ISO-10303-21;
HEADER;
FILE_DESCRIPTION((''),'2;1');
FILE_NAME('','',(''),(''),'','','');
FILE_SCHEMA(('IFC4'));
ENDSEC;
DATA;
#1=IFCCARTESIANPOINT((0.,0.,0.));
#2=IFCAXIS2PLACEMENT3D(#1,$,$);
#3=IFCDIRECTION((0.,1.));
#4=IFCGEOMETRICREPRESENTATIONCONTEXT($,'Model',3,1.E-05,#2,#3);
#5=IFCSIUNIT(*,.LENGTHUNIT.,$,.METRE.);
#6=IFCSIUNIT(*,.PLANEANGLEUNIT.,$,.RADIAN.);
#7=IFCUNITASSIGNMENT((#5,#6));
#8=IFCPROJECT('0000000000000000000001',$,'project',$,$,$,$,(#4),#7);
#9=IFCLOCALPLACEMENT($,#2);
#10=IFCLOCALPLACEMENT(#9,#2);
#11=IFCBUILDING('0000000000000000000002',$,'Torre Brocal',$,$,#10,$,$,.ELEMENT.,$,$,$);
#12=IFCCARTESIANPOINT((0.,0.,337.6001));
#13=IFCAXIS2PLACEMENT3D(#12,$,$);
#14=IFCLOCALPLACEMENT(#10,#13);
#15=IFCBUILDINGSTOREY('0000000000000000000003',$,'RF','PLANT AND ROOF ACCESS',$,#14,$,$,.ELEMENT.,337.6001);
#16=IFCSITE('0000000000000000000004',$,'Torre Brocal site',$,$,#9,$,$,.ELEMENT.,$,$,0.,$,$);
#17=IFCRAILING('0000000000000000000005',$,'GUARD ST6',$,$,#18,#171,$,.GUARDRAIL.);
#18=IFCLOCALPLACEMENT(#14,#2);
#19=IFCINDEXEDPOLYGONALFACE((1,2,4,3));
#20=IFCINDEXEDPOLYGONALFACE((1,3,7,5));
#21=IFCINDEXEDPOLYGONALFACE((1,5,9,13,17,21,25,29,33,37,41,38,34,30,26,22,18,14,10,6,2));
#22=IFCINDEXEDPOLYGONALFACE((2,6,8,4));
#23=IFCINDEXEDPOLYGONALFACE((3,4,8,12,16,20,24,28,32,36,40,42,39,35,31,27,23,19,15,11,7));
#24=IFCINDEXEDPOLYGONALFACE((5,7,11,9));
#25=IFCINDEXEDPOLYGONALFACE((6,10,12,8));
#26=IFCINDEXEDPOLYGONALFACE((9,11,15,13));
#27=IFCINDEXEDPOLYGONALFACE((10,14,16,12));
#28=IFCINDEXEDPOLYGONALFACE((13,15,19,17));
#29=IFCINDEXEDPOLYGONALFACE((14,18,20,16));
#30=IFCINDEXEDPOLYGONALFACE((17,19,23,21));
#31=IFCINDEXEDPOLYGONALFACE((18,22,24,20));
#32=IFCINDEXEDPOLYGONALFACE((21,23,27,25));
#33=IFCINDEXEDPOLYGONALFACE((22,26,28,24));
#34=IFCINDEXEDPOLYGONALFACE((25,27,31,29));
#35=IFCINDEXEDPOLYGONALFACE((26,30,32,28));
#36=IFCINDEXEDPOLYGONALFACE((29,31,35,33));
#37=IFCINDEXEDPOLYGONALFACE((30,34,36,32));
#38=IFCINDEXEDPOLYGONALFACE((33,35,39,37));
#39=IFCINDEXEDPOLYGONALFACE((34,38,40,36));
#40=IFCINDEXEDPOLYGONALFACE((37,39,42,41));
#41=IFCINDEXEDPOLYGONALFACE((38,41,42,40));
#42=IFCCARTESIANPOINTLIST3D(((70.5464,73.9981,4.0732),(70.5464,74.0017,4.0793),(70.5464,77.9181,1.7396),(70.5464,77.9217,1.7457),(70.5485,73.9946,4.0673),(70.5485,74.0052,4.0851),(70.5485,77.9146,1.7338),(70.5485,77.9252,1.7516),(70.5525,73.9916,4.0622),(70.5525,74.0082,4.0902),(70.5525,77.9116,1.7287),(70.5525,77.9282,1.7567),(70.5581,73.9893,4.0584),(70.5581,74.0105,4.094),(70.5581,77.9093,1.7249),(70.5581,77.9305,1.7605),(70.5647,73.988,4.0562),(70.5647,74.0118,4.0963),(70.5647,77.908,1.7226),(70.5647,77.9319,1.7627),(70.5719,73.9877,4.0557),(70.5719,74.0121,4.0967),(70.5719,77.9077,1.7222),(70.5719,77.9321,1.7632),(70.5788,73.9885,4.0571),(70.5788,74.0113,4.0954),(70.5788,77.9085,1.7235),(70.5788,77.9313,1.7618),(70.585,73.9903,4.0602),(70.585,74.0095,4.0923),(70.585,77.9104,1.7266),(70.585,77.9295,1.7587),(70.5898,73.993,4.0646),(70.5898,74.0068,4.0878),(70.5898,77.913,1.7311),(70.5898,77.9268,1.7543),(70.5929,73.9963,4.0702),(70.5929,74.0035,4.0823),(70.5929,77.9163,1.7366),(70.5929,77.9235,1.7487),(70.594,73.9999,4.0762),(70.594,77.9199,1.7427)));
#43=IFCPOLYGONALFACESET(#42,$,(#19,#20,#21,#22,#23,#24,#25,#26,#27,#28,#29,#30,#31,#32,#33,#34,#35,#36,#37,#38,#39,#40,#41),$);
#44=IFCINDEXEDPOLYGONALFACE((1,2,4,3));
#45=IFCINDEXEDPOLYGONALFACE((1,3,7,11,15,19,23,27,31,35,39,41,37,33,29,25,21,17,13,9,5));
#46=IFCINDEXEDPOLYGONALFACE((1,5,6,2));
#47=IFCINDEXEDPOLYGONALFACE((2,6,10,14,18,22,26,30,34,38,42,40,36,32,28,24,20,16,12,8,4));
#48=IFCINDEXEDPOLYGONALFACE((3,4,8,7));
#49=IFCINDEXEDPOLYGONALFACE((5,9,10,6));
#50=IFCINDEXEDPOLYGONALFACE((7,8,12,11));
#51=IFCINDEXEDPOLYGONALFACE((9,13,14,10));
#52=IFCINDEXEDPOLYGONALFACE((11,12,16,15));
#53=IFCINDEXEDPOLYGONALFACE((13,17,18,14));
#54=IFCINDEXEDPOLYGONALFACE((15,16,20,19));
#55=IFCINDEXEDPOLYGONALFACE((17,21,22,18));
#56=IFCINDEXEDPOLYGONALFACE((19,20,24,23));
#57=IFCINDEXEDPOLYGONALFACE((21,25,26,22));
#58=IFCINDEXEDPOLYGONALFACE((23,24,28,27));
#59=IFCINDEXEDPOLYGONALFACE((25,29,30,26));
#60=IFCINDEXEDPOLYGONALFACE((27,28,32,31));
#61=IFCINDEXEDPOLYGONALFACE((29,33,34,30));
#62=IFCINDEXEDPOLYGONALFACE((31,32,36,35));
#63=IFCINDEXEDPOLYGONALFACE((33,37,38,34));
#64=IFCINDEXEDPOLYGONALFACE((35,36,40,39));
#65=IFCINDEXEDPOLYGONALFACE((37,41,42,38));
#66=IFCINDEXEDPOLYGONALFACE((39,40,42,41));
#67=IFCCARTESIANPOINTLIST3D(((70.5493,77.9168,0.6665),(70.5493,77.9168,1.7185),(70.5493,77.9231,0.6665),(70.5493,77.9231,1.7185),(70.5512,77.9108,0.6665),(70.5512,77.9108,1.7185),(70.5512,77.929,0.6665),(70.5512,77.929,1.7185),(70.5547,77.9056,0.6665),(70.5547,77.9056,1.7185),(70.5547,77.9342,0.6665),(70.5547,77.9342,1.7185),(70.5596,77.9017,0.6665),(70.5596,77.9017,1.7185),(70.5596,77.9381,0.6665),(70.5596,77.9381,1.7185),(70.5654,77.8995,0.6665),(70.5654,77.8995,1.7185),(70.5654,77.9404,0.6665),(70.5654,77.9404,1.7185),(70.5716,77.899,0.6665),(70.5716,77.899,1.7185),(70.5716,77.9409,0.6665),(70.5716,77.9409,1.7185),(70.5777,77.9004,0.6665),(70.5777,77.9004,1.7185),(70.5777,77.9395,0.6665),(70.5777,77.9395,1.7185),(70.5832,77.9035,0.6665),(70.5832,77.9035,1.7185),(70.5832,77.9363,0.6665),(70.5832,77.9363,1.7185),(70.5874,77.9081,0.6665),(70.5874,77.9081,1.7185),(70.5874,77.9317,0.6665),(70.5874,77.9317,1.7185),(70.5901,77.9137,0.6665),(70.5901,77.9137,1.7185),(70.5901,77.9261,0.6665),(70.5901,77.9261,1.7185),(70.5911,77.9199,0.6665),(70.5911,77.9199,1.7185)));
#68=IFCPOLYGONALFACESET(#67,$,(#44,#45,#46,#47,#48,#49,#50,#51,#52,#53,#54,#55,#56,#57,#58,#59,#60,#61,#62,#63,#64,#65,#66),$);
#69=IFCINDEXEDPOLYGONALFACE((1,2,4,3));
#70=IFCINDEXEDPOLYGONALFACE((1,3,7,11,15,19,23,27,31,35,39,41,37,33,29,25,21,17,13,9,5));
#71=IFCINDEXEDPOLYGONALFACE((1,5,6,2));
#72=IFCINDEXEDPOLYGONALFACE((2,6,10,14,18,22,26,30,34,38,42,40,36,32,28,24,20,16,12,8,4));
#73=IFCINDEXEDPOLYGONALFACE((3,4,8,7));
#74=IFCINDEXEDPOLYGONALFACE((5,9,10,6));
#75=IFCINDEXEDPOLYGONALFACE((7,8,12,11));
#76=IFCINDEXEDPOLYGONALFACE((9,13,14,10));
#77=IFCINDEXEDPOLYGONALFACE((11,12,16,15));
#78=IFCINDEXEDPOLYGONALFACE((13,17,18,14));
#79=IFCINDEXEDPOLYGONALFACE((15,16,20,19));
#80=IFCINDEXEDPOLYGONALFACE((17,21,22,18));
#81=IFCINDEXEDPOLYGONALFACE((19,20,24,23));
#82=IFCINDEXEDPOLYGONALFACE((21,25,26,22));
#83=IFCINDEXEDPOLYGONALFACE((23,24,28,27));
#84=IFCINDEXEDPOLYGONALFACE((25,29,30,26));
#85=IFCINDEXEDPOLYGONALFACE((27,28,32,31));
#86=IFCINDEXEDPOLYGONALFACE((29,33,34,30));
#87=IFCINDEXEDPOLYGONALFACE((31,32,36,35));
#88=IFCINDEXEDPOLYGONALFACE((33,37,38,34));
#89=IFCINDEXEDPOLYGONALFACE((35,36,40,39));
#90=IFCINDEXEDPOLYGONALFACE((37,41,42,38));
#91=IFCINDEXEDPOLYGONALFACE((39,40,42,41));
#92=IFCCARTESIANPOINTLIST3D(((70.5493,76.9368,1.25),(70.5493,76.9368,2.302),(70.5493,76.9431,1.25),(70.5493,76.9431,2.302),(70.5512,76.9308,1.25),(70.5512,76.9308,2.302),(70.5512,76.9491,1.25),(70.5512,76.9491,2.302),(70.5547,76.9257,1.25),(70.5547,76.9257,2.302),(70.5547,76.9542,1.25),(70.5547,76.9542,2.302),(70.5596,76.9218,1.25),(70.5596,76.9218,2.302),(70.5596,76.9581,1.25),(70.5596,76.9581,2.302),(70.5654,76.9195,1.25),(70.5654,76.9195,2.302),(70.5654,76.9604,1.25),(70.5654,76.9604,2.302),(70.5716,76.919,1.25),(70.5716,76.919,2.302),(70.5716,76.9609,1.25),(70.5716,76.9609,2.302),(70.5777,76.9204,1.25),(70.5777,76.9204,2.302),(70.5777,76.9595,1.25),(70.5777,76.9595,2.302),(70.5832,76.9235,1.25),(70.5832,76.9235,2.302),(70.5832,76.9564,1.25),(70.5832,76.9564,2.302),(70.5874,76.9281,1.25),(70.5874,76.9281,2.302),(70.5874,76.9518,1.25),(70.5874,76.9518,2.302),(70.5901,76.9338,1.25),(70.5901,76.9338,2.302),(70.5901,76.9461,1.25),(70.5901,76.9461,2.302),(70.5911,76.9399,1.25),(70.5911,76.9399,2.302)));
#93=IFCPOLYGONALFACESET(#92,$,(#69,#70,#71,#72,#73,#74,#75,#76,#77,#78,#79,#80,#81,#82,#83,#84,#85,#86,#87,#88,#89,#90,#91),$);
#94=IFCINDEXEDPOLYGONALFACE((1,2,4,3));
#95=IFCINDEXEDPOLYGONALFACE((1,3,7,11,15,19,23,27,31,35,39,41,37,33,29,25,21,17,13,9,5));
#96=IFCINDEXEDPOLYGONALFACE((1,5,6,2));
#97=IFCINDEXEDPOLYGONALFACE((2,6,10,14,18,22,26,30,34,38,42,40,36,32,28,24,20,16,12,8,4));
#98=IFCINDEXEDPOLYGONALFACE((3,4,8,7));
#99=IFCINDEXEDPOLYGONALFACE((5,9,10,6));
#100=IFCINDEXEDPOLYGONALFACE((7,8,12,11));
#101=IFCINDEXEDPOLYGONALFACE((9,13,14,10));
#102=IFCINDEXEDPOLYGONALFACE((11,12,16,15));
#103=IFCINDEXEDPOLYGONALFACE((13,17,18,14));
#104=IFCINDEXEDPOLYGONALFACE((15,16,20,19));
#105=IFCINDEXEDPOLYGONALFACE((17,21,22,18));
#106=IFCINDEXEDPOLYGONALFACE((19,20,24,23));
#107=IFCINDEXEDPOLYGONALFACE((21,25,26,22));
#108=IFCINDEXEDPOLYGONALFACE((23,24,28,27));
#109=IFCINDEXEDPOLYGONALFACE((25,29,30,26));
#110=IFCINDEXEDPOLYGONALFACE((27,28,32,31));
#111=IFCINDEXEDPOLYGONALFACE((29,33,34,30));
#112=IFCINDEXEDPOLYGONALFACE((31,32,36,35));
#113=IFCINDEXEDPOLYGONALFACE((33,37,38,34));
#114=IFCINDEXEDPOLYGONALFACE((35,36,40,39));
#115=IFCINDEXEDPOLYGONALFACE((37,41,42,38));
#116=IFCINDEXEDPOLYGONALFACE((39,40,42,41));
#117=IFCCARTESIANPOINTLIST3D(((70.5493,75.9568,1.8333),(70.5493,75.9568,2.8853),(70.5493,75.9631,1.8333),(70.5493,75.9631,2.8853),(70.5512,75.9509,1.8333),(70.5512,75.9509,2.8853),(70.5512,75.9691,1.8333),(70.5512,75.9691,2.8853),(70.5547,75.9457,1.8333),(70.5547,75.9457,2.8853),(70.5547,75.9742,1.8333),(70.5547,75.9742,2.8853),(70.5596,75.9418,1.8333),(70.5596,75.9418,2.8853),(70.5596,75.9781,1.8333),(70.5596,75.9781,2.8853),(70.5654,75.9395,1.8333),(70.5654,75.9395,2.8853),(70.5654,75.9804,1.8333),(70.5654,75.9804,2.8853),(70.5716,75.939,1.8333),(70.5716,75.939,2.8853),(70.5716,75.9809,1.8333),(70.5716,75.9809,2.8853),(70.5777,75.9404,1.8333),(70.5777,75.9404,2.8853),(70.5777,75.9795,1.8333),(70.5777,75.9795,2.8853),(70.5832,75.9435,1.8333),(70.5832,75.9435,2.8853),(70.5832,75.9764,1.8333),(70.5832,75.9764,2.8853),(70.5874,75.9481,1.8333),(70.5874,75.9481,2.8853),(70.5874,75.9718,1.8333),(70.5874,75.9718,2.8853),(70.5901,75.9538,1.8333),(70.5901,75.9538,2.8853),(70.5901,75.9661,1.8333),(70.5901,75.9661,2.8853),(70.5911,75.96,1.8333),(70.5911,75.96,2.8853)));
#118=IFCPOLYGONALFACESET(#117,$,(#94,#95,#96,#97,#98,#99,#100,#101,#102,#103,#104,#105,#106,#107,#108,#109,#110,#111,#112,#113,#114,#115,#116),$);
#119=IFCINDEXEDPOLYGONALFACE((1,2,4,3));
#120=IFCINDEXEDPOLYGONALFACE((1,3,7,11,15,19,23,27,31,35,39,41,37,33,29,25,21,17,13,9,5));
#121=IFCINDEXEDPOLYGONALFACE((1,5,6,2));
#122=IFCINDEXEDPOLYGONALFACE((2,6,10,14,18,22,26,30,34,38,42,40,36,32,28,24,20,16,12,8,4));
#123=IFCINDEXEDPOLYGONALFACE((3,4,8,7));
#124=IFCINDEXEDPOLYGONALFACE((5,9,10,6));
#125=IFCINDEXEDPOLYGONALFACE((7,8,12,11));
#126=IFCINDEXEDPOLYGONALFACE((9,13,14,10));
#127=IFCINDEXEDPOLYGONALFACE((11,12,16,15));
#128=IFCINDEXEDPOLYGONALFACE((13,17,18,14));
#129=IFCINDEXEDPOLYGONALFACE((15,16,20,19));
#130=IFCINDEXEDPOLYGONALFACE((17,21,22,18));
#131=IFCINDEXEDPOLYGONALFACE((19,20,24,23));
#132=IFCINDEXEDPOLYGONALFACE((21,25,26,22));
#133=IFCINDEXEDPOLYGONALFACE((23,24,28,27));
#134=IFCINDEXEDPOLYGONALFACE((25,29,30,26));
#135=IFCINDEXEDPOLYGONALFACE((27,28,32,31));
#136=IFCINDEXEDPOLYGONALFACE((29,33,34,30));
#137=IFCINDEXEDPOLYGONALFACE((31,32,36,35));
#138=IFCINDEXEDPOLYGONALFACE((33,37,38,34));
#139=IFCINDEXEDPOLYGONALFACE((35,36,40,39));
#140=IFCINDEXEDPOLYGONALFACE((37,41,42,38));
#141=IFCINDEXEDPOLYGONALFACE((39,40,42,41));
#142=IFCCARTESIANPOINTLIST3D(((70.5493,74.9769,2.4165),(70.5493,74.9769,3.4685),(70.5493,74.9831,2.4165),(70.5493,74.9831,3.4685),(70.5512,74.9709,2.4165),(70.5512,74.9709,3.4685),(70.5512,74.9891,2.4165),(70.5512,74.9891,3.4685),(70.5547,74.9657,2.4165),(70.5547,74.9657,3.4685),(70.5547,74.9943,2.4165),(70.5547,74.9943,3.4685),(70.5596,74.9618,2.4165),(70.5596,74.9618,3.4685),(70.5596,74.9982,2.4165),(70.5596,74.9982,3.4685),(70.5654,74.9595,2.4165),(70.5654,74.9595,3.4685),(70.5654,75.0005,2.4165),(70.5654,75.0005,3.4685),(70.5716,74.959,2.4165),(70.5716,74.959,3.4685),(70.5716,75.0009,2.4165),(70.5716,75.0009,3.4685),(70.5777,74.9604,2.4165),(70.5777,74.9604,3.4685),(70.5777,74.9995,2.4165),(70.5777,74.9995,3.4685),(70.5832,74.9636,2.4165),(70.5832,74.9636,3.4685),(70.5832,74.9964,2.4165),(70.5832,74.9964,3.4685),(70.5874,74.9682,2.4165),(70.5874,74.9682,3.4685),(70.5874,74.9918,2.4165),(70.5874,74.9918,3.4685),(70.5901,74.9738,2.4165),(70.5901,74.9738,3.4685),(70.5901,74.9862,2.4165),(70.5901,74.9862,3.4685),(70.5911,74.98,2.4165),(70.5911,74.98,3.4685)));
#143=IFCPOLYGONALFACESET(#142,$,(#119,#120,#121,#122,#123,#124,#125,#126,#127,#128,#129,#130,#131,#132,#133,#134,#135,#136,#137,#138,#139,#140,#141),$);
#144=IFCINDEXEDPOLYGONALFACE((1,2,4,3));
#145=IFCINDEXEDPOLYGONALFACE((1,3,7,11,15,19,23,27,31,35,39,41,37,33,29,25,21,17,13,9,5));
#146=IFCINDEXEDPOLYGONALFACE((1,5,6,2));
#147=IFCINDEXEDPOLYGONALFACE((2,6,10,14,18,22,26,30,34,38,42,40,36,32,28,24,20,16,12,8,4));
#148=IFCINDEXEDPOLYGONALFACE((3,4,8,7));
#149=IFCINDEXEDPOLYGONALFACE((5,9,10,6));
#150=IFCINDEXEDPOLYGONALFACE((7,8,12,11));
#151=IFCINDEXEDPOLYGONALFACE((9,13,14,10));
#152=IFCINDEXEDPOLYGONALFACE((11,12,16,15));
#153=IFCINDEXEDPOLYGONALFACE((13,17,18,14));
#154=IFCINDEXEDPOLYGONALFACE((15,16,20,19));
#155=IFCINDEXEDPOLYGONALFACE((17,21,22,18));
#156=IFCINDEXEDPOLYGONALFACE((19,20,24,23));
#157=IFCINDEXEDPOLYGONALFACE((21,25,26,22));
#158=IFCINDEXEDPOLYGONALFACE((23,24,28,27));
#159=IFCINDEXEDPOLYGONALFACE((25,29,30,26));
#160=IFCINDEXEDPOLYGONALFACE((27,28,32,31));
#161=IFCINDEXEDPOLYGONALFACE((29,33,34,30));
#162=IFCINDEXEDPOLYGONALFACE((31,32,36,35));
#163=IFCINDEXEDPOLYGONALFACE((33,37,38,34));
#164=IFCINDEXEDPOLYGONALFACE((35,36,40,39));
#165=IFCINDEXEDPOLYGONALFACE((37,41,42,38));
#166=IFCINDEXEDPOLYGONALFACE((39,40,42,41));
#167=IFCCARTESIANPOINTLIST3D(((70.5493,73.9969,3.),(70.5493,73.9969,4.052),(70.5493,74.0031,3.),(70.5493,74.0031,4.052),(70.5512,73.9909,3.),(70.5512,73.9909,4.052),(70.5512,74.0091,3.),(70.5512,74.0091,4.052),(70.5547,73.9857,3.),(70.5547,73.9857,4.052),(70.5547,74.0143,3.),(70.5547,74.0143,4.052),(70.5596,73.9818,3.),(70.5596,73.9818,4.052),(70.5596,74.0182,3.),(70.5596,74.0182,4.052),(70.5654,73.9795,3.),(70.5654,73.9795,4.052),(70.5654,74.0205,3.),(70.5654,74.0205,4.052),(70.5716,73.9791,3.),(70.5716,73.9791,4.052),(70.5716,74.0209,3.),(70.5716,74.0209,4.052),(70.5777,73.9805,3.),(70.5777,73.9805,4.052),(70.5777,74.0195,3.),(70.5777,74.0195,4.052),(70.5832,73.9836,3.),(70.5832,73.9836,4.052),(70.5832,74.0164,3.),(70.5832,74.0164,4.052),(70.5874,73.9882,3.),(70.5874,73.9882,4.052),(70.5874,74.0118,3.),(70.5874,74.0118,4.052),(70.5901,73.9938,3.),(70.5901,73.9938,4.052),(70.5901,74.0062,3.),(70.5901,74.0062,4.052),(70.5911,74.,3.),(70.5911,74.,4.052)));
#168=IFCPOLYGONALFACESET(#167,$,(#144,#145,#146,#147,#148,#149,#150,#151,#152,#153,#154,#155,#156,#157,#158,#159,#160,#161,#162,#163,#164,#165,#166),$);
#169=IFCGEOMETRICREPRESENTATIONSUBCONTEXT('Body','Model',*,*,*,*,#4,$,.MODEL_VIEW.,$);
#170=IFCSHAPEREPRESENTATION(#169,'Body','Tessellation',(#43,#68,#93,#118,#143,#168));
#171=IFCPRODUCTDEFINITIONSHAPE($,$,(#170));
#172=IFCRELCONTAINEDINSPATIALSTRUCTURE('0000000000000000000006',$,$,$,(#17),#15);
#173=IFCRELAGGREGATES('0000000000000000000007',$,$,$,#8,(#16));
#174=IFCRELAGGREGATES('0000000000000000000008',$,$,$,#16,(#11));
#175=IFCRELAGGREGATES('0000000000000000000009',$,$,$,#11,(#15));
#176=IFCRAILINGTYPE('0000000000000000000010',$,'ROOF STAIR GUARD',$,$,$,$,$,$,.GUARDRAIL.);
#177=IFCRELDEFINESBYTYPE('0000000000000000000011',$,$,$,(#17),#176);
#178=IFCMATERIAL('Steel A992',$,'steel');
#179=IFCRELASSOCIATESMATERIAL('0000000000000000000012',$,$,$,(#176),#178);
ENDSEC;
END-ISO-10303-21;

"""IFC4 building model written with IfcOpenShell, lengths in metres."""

from ifc_helpers import new_model, si_unit, direction, frame, origin, origin_2d, place, context, subcontext, project, spatial, circle, extrude, material, type_object, element, save


model = new_model("IFC4")

# Units and contexts
model_context = context("Model", 3, precision=1e-05, world=origin(), true_north=direction((0.0, 1.0)))
body_context = subcontext(model_context, "Body", "Model", "MODEL_VIEW")
ifc_project = project(units=[si_unit("LENGTHUNIT", "METRE"), si_unit("PLANEANGLEUNIT", "RADIAN")], contexts=[model_context])

# Site, building, storey
site_placement = place(None, origin())
site = spatial("IfcSite", under=ifc_project, at=site_placement, Name="Torre Brocal site", CompositionType="ELEMENT", RefElevation=0.0)
building_placement = place(site_placement, origin())
building = spatial("IfcBuilding", under=site, at=building_placement, Name="Torre Brocal", CompositionType="ELEMENT")
storey_placement = place(building_placement, frame((0.0, 0.0, 337.6001)))
storey = spatial("IfcBuildingStorey", under=building, at=storey_placement, Name="RF", Description="PLANT AND ROOF ACCESS", CompositionType="ELEMENT", Elevation=337.6001)

# Railing
ifc_material_1 = material(Name="Steel A992", Category="steel")
railing_type_1 = type_object("IfcRailingType", Name="ROOF STAIR GUARD", PredefinedType="GUARDRAIL", material=ifc_material_1)
for number, where, name in (
    (1, (70.5701, 77.9199, 0.6665), "GUARD ST6"),
):
    element("IfcRailing", number, at=place(storey_placement, frame(where)), inside=storey, type_object=railing_type_1, Name=name, PredefinedType="GUARDRAIL", context=body_context, shape_type="SweptSolid", body=[
        extrude(circle(Radius=0.0239, at=origin_2d()), frame((0.0, 0.0, 1.0762), z_axis=(0.0, -0.859273, 0.511518), x_axis=(1.0, 0.0, 0.0)), (0.0, 0.0, 1.0), 4.562),
        extrude(circle(Radius=0.021, at=origin_2d()), origin(), (0.0, 0.0, 1.0), 1.052),
        extrude(circle(Radius=0.021, at=origin_2d()), frame((0.0, -0.98, 0.5835)), (0.0, 0.0, 1.0), 1.052),
        extrude(circle(Radius=0.021, at=origin_2d()), frame((0.0, -1.96, 1.1667)), (0.0, 0.0, 1.0), 1.052),
        extrude(circle(Radius=0.021, at=origin_2d()), frame((0.0, -2.9399, 1.75)), (0.0, 0.0, 1.0), 1.052),
        extrude(circle(Radius=0.021, at=origin_2d()), frame((0.0, -3.9199, 2.3335)), (0.0, 0.0, 1.0), 1.052),
    ])

save(model, "model.ifc")
